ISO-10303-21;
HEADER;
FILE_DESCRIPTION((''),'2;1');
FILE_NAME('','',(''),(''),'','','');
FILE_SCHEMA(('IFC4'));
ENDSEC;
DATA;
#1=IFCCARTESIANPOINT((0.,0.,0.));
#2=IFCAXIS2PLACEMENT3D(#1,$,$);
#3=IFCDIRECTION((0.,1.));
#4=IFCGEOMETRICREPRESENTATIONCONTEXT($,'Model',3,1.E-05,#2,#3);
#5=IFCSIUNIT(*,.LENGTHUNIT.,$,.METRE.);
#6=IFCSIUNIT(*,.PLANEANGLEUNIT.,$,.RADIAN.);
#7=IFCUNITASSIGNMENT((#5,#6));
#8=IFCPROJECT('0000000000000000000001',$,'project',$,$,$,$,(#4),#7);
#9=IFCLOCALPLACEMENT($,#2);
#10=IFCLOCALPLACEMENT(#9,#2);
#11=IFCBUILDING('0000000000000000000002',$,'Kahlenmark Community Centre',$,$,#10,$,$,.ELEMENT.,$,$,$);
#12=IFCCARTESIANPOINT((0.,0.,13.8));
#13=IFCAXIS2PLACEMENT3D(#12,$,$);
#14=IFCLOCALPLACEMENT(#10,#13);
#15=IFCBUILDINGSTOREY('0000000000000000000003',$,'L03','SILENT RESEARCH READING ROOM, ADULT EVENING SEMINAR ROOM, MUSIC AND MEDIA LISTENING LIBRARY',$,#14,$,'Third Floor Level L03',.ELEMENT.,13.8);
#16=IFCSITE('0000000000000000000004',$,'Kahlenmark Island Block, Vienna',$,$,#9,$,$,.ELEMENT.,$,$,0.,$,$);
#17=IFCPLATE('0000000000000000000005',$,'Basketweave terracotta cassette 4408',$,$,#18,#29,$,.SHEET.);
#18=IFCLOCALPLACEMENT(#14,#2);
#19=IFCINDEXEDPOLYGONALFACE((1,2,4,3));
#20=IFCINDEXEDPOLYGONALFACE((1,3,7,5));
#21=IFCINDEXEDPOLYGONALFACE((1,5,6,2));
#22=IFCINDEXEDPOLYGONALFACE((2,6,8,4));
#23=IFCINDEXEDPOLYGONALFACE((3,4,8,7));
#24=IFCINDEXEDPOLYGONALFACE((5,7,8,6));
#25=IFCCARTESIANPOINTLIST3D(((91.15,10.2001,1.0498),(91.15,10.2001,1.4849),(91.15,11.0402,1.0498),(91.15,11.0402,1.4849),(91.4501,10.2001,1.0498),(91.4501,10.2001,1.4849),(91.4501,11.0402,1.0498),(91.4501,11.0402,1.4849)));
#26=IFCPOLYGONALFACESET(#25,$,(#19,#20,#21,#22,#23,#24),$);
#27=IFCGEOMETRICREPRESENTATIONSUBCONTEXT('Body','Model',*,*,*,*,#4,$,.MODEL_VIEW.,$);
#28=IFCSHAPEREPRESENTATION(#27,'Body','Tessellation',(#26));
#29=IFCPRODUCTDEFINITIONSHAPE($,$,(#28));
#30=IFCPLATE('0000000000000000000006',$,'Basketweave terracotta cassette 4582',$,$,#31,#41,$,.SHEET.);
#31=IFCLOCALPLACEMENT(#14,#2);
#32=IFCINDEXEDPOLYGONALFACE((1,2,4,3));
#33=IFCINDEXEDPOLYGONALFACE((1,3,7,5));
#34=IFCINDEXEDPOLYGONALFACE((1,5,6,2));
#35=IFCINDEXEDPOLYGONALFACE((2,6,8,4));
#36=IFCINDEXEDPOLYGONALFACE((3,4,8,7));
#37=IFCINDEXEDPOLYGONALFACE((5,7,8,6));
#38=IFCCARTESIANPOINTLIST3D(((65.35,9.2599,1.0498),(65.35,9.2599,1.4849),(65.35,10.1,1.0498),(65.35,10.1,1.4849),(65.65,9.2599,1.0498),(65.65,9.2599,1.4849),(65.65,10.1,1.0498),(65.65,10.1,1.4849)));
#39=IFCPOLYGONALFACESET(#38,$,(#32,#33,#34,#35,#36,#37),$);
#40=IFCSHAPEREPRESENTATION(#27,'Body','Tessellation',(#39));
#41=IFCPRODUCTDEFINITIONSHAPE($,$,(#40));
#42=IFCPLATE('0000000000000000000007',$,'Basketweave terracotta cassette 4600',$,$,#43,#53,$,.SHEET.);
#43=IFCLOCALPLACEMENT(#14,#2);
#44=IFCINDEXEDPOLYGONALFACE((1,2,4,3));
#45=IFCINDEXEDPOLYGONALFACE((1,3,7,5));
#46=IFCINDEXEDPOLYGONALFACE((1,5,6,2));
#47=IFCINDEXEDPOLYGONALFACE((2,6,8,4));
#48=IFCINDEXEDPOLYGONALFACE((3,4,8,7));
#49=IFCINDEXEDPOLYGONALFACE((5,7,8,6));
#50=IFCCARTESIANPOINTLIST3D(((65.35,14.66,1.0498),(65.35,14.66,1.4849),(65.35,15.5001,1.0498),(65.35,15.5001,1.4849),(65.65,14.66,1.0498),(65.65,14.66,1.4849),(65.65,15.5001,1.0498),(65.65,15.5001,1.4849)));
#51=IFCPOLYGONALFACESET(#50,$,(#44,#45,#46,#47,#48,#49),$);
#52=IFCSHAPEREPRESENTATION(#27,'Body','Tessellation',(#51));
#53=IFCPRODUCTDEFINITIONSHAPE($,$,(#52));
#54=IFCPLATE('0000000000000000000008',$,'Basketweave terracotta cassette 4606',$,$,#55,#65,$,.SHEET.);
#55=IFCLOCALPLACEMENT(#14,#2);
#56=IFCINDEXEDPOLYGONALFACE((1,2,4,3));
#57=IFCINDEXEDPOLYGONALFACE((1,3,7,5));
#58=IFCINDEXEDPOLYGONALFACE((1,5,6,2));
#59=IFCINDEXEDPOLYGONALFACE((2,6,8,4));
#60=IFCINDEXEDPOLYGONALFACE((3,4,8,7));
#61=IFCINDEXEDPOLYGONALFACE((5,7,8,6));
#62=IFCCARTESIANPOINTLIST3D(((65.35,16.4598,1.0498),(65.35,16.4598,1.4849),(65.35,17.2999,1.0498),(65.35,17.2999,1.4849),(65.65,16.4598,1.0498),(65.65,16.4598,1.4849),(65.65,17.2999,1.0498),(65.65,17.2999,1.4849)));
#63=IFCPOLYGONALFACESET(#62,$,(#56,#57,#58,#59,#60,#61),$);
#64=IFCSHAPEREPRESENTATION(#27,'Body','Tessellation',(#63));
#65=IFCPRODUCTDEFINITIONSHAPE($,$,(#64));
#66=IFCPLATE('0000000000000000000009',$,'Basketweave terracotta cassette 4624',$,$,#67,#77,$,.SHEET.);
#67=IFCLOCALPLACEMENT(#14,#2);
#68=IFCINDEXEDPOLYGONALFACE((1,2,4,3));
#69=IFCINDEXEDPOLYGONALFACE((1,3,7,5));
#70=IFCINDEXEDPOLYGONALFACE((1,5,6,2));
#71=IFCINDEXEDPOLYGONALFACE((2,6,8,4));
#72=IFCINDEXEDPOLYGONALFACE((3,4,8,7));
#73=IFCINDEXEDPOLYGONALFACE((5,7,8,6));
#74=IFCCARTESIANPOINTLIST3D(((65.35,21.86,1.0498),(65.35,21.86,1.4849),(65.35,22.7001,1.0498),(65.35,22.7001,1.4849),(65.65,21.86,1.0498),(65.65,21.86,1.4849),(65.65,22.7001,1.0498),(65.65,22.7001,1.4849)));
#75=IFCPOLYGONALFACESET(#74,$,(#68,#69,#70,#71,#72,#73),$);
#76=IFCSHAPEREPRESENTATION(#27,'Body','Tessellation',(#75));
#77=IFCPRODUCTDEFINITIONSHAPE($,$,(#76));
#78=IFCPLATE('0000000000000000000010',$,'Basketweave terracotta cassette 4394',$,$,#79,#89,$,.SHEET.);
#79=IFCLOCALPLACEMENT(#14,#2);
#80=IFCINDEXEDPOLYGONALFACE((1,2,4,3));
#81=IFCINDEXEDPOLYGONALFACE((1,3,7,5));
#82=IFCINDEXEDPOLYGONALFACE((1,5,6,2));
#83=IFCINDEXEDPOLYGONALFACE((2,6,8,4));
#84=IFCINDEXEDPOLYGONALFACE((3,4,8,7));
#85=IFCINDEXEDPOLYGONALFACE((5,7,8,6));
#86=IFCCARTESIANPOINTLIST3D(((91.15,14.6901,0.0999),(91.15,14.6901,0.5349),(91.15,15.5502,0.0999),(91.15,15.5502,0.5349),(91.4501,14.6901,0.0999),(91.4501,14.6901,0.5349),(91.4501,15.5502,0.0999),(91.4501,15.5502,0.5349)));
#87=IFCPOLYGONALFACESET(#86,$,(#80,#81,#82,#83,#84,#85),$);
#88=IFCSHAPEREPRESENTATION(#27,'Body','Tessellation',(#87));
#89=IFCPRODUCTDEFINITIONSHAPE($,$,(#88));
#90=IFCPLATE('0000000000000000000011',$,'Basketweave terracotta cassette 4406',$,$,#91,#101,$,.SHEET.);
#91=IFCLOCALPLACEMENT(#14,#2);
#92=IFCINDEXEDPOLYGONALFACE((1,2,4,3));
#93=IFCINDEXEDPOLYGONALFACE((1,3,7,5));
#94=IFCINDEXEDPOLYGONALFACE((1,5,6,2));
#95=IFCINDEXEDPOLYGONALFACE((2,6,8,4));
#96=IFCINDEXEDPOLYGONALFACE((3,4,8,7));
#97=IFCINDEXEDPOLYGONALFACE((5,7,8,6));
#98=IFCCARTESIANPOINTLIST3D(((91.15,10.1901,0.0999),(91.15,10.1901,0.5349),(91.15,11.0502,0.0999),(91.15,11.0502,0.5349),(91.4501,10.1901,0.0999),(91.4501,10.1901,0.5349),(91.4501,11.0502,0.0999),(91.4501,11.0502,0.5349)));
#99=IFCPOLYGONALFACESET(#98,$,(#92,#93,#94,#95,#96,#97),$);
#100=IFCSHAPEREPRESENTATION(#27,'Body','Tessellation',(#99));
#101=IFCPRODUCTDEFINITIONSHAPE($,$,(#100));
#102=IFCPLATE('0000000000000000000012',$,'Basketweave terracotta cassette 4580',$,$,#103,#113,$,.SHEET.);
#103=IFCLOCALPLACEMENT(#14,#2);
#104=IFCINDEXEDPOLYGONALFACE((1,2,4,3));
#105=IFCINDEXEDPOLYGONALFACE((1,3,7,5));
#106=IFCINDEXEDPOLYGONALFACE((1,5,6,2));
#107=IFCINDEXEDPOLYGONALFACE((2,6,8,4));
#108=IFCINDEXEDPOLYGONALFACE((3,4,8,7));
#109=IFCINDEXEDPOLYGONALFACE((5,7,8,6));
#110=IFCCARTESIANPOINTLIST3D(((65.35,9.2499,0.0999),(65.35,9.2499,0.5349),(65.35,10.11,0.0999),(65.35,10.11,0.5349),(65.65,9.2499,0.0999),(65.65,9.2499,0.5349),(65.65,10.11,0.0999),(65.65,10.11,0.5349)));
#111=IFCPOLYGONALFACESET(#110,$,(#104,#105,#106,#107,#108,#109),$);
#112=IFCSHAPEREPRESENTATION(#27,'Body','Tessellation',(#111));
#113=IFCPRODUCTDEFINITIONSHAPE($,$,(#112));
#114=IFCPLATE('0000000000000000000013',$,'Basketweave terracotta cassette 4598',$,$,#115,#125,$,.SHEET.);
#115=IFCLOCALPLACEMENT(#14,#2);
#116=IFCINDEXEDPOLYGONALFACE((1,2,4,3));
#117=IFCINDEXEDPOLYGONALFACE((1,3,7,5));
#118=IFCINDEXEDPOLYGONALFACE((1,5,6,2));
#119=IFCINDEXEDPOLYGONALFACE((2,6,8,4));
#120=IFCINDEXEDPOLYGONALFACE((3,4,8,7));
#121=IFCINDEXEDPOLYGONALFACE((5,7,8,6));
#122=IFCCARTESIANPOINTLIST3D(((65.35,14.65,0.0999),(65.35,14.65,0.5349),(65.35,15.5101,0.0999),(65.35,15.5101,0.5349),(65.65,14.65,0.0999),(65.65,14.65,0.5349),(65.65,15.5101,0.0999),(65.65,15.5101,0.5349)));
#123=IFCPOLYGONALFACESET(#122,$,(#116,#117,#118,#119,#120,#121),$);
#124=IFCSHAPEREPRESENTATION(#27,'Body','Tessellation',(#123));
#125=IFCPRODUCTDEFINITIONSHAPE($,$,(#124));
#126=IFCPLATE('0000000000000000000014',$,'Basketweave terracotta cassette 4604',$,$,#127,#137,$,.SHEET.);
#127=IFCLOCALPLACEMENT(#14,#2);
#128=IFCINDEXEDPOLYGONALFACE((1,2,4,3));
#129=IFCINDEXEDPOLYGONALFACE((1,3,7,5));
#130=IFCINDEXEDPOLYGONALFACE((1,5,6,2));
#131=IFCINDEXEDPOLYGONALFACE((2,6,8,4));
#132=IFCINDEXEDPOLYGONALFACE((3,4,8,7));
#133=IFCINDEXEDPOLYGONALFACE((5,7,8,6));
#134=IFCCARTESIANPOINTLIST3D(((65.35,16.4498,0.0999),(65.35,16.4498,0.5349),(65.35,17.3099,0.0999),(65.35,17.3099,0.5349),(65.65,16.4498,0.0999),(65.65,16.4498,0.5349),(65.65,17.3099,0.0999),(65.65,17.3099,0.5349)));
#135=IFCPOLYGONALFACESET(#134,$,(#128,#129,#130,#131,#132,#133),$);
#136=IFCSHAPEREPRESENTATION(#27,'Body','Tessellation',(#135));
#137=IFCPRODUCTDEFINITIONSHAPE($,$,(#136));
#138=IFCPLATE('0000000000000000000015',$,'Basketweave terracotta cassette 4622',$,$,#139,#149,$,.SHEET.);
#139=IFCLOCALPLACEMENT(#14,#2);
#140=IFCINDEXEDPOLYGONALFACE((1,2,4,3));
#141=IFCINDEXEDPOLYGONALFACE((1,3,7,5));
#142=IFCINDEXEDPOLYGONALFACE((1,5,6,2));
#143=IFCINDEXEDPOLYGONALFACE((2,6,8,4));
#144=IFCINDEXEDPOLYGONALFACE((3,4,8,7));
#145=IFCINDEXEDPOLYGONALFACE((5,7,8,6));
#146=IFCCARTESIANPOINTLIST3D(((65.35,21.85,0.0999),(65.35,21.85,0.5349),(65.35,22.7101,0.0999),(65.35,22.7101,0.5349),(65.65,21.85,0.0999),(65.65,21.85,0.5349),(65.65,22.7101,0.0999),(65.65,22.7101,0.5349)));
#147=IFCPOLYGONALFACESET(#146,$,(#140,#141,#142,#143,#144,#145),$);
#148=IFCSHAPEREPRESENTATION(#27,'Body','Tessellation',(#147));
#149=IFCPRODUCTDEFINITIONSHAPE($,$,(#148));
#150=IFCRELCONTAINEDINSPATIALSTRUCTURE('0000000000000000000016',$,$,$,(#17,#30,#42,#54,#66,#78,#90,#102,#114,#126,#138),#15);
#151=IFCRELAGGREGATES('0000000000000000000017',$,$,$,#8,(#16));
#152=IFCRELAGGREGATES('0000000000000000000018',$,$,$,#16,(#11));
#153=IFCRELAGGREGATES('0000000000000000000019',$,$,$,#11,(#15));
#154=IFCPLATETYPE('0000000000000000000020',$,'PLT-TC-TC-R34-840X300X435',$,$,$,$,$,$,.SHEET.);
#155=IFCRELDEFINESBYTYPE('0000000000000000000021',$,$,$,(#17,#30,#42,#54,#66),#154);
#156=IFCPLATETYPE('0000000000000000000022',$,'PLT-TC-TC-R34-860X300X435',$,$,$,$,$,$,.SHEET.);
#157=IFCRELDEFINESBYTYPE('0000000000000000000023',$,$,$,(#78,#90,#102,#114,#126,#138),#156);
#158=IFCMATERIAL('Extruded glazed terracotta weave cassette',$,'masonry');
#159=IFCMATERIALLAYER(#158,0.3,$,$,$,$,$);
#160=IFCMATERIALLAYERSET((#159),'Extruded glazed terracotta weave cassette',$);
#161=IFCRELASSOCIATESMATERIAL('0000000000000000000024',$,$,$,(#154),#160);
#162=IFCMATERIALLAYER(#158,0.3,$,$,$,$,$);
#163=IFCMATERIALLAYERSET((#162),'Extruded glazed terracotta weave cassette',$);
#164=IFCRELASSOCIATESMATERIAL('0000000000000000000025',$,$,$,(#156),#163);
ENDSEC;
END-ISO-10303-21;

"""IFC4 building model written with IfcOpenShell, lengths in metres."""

from ifc_helpers import new_model, si_unit, direction, frame, origin, origin_2d, place, context, subcontext, project, spatial, rectangle, extrude, material, layer, layer_set, type_object, element, save


model = new_model("IFC4")

# Units and contexts
model_context = context("Model", 3, precision=1e-05, world=origin(), true_north=direction((0.0, 1.0)))
body_context = subcontext(model_context, "Body", "Model", "MODEL_VIEW")
ifc_project = project(units=[si_unit("LENGTHUNIT", "METRE"), si_unit("PLANEANGLEUNIT", "RADIAN")], contexts=[model_context])

# Site, building, storey
site_placement = place(None, origin())
site = spatial("IfcSite", under=ifc_project, at=site_placement, Name="Kahlenmark Island Block, Vienna", CompositionType="ELEMENT", RefElevation=0.0)
building_placement = place(site_placement, origin())
building = spatial("IfcBuilding", under=site, at=building_placement, Name="Kahlenmark Community Centre", CompositionType="ELEMENT")
storey_placement = place(building_placement, frame((0.0, 0.0, 13.8)))
storey = spatial("IfcBuildingStorey", under=building, at=storey_placement, Name="L03", Description="SILENT RESEARCH READING ROOM, ADULT EVENING SEMINAR ROOM, MUSIC AND MEDIA LISTENING LIBRARY", LongName="Third Floor Level L03", CompositionType="ELEMENT", Elevation=13.8)

# Plates
ifc_material_1 = material(Name="Extruded glazed terracotta weave cassette", Category="masonry")
ifc_layer_1 = layer(ifc_material_1, 0.3)
ifc_layer_set_1 = layer_set([ifc_layer_1], Name="Extruded glazed terracotta weave cassette")
plate_type_1 = type_object("IfcPlateType", Name="PLT-TC-TC-R34-840X300X435", PredefinedType="SHEET", material=ifc_layer_set_1)
for number, where, z_axis, x_axis, name in (
    (1, (91.3, 10.6201, 1.0498), (0.0, 0.0, 1.0), (0.0, -1.0, 0.0), "Basketweave terracotta cassette 4408"),
    (2, (65.5, 9.6799, 1.0498), (0.0, 0.0, 1.0), (0.0, 1.0, 0.0), "Basketweave terracotta cassette 4582"),
    (3, (65.5, 15.0801, 1.0498), (0.0, 0.0, 1.0), (0.0, 1.0, 0.0), "Basketweave terracotta cassette 4600"),
    (4, (65.5, 16.8799, 1.0498), (0.0, 0.0, 1.0), (0.0, 1.0, 0.0), "Basketweave terracotta cassette 4606"),
    (5, (65.5, 22.28, 1.0498), (0.0, 0.0, 1.0), (0.0, 1.0, 0.0), "Basketweave terracotta cassette 4624"),
):
    element("IfcPlate", number, at=place(storey_placement, frame(where, z_axis=z_axis, x_axis=x_axis)), inside=storey, type_object=plate_type_1, Name=name, PredefinedType="SHEET", context=body_context, shape_type="SweptSolid", body=[
        extrude(rectangle(XDim=0.8401, YDim=0.3, at=origin_2d()), origin(), (0.0, 0.0, 1.0), 0.4351),
    ])
ifc_layer_2 = layer(ifc_material_1, 0.3)
ifc_layer_set_2 = layer_set([ifc_layer_2], Name="Extruded glazed terracotta weave cassette")
plate_type_2 = type_object("IfcPlateType", Name="PLT-TC-TC-R34-860X300X435", PredefinedType="SHEET", material=ifc_layer_set_2)
for number, where, z_axis, x_axis, name in (
    (6, (91.3, 15.1201, 0.0999), (0.0, 0.0, 1.0), (0.0, -1.0, 0.0), "Basketweave terracotta cassette 4394"),
    (7, (91.3, 10.6201, 0.0999), (0.0, 0.0, 1.0), (0.0, -1.0, 0.0), "Basketweave terracotta cassette 4406"),
    (8, (65.5, 9.6799, 0.0999), (0.0, 0.0, 1.0), (0.0, 1.0, 0.0), "Basketweave terracotta cassette 4580"),
    (9, (65.5, 15.0801, 0.0999), (0.0, 0.0, 1.0), (0.0, 1.0, 0.0), "Basketweave terracotta cassette 4598"),
    (10, (65.5, 16.8799, 0.0999), (0.0, 0.0, 1.0), (0.0, 1.0, 0.0), "Basketweave terracotta cassette 4604"),
    (11, (65.5, 22.28, 0.0999), (0.0, 0.0, 1.0), (0.0, 1.0, 0.0), "Basketweave terracotta cassette 4622"),
):
    element("IfcPlate", number, at=place(storey_placement, frame(where, z_axis=z_axis, x_axis=x_axis)), inside=storey, type_object=plate_type_2, Name=name, PredefinedType="SHEET", context=body_context, shape_type="SweptSolid", body=[
        extrude(rectangle(XDim=0.8601, YDim=0.3, at=origin_2d()), origin(), (0.0, 0.0, 1.0), 0.4351),
    ])

save(model, "model.ifc")
